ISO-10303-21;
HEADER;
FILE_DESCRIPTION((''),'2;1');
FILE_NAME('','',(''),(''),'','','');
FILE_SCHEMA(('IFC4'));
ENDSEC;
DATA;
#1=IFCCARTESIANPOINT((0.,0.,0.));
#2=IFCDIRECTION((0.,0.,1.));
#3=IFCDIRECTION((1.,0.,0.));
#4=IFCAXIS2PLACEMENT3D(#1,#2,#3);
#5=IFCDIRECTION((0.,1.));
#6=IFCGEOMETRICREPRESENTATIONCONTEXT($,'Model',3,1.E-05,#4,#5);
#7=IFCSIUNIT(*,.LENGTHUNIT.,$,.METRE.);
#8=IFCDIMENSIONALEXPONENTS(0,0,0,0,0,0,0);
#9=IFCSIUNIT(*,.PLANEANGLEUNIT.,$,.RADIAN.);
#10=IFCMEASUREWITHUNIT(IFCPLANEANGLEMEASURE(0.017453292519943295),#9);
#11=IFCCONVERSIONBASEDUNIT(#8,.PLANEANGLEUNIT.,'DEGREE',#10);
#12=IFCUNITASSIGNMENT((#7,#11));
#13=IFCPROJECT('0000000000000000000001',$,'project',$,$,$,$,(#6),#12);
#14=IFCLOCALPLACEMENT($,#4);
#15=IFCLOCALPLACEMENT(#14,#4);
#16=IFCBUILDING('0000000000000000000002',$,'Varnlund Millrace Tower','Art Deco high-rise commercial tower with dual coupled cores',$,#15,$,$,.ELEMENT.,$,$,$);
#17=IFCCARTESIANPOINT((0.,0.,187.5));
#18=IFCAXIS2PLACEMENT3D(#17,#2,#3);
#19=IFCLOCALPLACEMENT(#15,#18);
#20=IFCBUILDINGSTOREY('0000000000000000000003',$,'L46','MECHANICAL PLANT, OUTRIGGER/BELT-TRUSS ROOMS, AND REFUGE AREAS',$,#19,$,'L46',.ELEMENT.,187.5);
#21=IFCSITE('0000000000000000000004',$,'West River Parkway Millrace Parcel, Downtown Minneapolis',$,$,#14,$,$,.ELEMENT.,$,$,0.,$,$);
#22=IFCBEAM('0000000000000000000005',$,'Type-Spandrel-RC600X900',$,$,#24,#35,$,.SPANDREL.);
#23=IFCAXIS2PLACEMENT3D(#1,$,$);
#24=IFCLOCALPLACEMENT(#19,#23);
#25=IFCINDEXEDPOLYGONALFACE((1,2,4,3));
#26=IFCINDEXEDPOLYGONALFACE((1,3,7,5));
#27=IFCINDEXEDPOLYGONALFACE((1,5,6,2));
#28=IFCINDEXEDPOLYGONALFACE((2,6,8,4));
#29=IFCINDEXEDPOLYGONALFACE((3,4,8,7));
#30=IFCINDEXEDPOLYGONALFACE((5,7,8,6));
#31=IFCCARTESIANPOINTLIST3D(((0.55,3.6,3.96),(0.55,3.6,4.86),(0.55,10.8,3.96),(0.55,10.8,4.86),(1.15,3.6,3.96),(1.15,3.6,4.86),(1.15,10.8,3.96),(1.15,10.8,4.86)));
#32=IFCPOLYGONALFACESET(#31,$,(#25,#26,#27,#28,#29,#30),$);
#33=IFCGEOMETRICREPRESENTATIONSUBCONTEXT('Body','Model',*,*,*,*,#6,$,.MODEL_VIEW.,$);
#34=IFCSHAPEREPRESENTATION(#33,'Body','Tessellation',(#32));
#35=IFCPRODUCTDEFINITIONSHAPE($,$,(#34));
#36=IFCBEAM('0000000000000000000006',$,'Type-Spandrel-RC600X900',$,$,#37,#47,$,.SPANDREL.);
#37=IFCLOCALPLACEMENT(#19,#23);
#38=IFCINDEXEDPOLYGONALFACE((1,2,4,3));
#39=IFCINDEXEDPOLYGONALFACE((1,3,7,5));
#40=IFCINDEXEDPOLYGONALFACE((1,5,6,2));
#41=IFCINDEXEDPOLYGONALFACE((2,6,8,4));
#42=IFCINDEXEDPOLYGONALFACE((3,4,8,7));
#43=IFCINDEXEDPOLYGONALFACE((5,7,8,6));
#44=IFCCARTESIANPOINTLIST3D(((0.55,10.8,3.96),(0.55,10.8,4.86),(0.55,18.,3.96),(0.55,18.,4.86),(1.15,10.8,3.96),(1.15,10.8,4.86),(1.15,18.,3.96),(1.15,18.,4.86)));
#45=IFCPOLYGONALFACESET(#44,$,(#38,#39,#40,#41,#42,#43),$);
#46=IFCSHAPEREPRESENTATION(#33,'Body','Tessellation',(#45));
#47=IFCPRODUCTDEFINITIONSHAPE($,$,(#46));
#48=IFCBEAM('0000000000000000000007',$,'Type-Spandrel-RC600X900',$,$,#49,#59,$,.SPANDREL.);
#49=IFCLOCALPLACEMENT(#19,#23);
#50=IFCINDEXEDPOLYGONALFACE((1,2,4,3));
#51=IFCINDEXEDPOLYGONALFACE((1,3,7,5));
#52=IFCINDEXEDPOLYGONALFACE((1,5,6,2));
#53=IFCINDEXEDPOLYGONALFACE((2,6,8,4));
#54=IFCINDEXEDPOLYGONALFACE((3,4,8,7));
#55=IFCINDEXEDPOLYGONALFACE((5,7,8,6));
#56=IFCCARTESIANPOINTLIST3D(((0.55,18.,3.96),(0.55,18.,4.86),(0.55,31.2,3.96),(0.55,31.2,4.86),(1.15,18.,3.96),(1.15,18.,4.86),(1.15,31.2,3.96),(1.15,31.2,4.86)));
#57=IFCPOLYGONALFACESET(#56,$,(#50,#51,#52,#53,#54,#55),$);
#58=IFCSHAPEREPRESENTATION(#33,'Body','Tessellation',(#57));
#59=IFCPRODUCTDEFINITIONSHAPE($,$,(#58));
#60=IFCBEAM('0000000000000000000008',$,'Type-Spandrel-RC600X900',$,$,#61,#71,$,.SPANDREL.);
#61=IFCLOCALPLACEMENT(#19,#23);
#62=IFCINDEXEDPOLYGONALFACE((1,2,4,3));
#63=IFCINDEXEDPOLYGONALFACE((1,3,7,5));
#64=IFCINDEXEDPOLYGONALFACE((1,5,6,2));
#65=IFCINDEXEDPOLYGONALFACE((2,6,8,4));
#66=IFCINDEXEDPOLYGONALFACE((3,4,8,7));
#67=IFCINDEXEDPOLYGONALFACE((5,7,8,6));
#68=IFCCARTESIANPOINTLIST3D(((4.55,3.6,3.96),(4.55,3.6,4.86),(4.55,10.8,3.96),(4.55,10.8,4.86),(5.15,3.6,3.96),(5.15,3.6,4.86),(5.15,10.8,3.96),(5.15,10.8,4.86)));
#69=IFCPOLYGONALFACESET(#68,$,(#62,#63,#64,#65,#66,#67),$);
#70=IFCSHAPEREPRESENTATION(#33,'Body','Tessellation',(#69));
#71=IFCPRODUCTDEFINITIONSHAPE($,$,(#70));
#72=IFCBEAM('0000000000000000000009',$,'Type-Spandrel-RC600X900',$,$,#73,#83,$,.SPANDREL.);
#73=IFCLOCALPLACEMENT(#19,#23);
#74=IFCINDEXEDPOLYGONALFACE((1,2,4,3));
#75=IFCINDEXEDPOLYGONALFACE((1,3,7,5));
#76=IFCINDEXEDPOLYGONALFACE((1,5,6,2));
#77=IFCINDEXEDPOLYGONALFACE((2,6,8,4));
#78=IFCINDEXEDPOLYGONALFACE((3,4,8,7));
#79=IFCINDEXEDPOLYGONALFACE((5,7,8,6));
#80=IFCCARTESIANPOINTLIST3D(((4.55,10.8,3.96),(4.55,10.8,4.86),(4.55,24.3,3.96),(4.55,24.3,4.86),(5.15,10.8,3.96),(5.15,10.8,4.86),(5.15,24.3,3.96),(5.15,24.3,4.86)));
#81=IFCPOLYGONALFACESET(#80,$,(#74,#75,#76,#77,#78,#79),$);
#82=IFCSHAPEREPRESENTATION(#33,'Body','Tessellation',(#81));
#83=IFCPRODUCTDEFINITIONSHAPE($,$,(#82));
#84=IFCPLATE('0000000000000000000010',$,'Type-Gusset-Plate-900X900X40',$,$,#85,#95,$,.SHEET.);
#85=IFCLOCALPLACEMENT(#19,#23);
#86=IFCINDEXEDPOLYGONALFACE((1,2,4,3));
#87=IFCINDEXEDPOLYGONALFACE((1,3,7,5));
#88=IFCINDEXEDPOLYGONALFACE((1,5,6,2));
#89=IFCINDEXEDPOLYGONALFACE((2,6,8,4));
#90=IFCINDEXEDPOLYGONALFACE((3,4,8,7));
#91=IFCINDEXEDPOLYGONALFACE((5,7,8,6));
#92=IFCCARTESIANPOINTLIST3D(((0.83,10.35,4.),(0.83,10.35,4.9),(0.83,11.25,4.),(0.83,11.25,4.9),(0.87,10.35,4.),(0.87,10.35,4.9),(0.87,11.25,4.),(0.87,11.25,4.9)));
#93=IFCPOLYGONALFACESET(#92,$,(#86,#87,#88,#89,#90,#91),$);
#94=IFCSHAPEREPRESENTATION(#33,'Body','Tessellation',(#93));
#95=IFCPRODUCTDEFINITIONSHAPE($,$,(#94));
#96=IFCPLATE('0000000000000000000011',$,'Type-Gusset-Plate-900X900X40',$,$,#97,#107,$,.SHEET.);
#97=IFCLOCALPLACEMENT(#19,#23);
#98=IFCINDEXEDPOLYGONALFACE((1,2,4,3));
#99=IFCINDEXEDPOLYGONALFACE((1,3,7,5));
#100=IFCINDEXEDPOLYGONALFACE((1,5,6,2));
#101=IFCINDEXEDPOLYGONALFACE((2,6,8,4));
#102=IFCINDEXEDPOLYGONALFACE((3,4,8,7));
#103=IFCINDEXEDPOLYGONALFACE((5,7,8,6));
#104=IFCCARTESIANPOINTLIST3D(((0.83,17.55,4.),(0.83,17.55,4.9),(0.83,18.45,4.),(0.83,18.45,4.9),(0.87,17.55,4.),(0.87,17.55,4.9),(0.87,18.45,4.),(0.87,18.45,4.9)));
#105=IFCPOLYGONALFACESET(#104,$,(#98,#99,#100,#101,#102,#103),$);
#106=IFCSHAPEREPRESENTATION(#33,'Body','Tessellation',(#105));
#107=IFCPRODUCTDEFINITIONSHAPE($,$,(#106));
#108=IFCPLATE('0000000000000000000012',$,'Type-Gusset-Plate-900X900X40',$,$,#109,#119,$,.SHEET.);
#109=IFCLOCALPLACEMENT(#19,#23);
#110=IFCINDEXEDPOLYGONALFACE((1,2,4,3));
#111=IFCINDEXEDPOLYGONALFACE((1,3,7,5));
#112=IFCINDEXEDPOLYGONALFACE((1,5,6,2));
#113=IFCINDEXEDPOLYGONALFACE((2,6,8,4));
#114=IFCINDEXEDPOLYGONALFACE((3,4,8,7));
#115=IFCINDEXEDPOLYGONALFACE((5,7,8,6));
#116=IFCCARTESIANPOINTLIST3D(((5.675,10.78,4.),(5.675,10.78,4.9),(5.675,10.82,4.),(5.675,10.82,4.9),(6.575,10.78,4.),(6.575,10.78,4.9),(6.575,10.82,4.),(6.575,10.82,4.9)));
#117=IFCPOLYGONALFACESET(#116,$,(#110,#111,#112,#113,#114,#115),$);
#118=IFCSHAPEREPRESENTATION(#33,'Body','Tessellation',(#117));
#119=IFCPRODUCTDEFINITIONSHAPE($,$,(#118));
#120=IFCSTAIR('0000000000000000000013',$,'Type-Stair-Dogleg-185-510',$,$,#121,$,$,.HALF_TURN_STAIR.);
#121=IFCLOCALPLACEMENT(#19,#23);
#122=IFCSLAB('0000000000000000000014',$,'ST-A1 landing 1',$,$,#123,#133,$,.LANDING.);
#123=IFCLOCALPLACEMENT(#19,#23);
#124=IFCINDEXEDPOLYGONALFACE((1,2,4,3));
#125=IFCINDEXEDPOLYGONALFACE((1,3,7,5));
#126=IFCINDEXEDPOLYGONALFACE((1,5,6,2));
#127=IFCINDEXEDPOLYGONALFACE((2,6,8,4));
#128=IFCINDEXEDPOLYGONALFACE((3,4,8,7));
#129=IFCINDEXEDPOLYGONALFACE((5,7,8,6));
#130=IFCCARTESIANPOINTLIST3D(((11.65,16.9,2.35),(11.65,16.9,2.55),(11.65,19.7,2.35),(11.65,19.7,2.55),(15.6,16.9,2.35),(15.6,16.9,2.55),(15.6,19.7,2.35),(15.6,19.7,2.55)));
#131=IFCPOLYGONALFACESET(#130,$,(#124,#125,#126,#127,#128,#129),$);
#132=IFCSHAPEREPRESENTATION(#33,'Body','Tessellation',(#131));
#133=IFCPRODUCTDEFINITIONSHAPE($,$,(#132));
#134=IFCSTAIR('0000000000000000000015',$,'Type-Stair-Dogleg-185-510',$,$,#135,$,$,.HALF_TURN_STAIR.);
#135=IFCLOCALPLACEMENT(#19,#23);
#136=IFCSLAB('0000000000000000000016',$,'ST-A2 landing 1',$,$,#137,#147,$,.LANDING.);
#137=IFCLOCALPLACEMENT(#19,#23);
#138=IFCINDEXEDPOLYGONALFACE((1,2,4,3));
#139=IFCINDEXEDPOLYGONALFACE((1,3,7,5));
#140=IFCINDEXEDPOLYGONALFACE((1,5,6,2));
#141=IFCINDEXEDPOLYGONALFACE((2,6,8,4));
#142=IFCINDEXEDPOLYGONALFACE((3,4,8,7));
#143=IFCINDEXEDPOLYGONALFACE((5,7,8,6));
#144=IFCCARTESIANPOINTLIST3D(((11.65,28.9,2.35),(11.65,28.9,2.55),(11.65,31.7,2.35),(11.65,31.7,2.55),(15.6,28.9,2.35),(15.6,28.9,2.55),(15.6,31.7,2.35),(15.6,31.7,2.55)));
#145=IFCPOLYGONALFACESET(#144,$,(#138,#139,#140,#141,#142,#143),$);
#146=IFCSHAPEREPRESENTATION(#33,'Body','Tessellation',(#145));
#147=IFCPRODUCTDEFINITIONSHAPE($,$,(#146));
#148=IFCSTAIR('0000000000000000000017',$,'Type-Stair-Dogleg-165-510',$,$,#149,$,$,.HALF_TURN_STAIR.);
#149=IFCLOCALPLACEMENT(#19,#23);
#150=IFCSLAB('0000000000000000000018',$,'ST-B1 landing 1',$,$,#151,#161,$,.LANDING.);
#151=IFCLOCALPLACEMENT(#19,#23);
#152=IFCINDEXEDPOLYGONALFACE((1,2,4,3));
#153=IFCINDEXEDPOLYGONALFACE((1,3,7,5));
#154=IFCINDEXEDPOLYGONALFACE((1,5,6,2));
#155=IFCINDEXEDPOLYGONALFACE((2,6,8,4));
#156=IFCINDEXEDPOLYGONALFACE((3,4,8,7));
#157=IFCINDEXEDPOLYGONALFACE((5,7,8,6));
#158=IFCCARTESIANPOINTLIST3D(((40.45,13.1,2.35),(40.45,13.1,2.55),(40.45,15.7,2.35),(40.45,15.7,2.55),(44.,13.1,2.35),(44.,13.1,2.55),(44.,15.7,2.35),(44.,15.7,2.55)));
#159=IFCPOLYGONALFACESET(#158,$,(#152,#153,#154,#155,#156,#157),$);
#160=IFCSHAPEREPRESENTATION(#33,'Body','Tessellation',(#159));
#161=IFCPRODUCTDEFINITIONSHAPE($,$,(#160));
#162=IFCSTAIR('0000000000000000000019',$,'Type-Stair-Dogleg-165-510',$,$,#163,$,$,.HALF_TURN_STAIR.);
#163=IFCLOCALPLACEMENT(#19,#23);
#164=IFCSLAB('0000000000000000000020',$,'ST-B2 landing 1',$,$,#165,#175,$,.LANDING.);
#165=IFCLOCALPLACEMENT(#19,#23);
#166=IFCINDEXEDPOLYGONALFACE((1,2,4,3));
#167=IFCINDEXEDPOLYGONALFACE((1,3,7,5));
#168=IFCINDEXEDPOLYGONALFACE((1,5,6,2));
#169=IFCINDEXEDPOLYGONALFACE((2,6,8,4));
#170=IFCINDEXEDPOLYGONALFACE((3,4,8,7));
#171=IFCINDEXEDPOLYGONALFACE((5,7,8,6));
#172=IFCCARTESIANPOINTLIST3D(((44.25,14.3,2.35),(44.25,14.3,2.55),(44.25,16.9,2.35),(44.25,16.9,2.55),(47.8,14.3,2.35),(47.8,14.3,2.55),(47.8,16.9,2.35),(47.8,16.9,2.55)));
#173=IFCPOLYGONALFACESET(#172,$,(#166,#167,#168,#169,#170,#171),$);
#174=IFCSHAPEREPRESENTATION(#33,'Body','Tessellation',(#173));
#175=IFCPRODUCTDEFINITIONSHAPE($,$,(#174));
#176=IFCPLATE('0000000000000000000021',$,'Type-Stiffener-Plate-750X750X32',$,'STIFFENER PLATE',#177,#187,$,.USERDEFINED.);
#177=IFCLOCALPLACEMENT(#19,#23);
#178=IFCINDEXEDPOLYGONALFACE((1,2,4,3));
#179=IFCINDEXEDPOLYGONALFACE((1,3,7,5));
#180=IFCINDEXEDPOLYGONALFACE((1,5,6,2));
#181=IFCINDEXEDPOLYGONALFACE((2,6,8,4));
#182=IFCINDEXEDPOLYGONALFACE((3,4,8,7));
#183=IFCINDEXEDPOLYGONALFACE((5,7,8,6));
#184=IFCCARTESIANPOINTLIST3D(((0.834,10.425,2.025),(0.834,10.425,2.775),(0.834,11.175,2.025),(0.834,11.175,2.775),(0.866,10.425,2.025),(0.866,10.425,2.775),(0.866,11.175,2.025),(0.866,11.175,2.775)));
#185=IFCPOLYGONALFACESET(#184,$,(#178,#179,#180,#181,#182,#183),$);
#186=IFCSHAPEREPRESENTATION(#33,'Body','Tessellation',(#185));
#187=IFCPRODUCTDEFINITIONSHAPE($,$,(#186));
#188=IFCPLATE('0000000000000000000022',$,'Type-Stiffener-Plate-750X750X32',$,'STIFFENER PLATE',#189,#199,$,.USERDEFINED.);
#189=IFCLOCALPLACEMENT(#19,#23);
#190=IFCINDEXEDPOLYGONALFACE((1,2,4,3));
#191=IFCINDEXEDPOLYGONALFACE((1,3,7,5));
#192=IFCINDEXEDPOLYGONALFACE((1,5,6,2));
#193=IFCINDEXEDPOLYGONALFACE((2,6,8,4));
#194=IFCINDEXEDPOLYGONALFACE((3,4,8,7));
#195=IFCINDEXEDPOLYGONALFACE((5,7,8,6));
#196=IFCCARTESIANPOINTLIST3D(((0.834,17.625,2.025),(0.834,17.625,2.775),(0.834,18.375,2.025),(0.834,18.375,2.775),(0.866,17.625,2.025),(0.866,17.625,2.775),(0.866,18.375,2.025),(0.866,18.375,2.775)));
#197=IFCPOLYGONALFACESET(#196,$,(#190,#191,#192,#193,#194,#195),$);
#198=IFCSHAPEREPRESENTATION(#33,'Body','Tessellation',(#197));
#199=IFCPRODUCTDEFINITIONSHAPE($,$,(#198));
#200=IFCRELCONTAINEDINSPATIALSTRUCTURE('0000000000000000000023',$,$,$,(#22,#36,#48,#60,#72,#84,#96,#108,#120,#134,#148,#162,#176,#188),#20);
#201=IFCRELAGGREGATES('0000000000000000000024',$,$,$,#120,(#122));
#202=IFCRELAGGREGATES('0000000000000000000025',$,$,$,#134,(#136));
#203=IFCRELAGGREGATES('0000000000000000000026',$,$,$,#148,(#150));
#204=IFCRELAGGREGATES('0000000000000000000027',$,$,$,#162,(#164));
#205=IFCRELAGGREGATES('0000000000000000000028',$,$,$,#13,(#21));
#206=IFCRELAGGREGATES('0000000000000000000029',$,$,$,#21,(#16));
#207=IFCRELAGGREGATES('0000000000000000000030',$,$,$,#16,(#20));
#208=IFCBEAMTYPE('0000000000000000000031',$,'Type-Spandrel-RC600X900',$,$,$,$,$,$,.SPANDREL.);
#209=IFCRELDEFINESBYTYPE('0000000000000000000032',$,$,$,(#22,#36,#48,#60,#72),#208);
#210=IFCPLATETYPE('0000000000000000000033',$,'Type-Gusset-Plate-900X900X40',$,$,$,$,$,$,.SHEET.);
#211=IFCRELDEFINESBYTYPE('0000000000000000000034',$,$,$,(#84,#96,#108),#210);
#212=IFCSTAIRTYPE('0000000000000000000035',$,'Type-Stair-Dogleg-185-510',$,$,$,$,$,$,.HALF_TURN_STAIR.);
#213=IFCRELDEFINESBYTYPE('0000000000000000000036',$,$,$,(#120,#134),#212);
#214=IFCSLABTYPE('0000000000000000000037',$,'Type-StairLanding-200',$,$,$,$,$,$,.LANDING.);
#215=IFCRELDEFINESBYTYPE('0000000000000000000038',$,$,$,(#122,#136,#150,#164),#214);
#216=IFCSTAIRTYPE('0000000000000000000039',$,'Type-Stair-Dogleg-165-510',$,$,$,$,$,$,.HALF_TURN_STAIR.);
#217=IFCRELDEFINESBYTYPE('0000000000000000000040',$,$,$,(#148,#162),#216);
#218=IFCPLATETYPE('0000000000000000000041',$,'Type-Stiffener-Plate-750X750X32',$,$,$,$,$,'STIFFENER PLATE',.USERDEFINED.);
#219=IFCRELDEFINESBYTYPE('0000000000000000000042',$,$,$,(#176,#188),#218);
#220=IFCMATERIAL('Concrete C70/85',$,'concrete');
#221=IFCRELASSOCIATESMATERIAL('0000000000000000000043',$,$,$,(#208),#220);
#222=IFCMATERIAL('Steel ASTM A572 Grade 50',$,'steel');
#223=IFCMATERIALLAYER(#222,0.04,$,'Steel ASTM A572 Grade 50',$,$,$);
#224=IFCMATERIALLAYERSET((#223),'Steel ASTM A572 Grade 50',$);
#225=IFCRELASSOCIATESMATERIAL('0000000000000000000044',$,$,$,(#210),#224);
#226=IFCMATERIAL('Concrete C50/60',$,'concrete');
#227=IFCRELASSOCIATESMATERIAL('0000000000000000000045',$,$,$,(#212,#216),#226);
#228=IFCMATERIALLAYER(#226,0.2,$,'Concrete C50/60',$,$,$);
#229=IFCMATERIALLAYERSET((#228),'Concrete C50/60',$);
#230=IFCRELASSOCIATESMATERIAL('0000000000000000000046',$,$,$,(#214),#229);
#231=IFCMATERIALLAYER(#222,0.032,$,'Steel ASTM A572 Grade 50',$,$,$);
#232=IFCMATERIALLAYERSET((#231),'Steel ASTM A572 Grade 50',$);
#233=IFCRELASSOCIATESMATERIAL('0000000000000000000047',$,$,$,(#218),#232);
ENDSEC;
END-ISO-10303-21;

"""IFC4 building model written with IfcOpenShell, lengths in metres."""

from ifc_helpers import new_model, entity, si_unit, converted_unit, direction, frame, origin_with_axes, origin_2d_with_axis, place, context, subcontext, project, spatial, polyline, rectangle, outline, extrude, material, layer, layer_set, material_profile, profile_set, type_object, element, aggregate, save


model = new_model("IFC4")

# Units and contexts
model_context = context("Model", 3, precision=1e-05, world=origin_with_axes(), true_north=direction((0.0, 1.0)))
body_context = subcontext(model_context, "Body", "Model", "MODEL_VIEW")
ifc_project = project(units=[si_unit("LENGTHUNIT", "METRE"), converted_unit("PLANEANGLEUNIT", "DEGREE", entity("IfcPlaneAngleMeasure", 0.017453292519943295), si_unit("PLANEANGLEUNIT", "RADIAN"), dimensions=[0, 0, 0, 0, 0, 0, 0])], contexts=[model_context])

# Site, building, storey
site_placement = place(None, origin_with_axes())
site = spatial("IfcSite", under=ifc_project, at=site_placement, Name="West River Parkway Millrace Parcel, Downtown Minneapolis", CompositionType="ELEMENT", RefElevation=0.0)
building_placement = place(site_placement, origin_with_axes())
building = spatial("IfcBuilding", under=site, at=building_placement, Name="Varnlund Millrace Tower", Description="Art Deco high-rise commercial tower with dual coupled cores", CompositionType="ELEMENT")
storey_placement = place(building_placement, frame((0.0, 0.0, 187.5), z_axis=(0.0, 0.0, 1.0), x_axis=(1.0, 0.0, 0.0)))
storey = spatial("IfcBuildingStorey", under=building, at=storey_placement, Name="L46", Description="MECHANICAL PLANT, OUTRIGGER/BELT-TRUSS ROOMS, AND REFUGE AREAS", LongName="L46", CompositionType="ELEMENT", Elevation=187.5)

# Beams
ifc_material_1 = material(Name="Concrete C70/85", Category="concrete")
ifc_material_profile_1 = material_profile(ifc_material_1, rectangle(XDim=0.6, YDim=0.9, at=origin_2d_with_axis()), Name="Concrete C70/85")
ifc_profile_set_1 = profile_set([ifc_material_profile_1], Name="Concrete C70/85")
beam_type_1 = type_object("IfcBeamType", Name="Type-Spandrel-RC600X900", PredefinedType="SPANDREL", material=ifc_profile_set_1)
for number, where, z_axis, x_axis, name in (
    (1, (0.85, 3.6, 4.41), (0.0, 1.0, 0.0), (-1.0, 0.0, 0.0), "Type-Spandrel-RC600X900"),
    (2, (0.85, 10.8, 4.41), (0.0, 1.0, 0.0), (-1.0, 0.0, 0.0), "Type-Spandrel-RC600X900"),
):
    element("IfcBeam", number, at=place(storey_placement, frame(where, z_axis=z_axis, x_axis=x_axis)), inside=storey, type_object=beam_type_1, Name=name, PredefinedType="SPANDREL", context=body_context, shape_type="SweptSolid", body=[
        extrude(rectangle(XDim=0.6, YDim=0.9, at=origin_2d_with_axis()), origin_with_axes(), (0.0, 0.0, 1.0), 7.2),
    ])
beam_1_placement = place(storey_placement, frame((0.85, 18.0, 4.41), z_axis=(0.0, 1.0, 0.0), x_axis=(-1.0, 0.0, 0.0)))
element("IfcBeam", 3, at=beam_1_placement, inside=storey, type_object=beam_type_1, Name="Type-Spandrel-RC600X900", PredefinedType="SPANDREL", context=body_context, shape_type="SweptSolid", body=[
    extrude(rectangle(XDim=0.6, YDim=0.9, at=origin_2d_with_axis()), origin_with_axes(), (0.0, 0.0, 1.0), 13.2),
])
beam_2_placement = place(storey_placement, frame((4.85, 3.6, 4.41), z_axis=(0.0, 1.0, 0.0), x_axis=(-1.0, 0.0, 0.0)))
element("IfcBeam", 4, at=beam_2_placement, inside=storey, type_object=beam_type_1, Name="Type-Spandrel-RC600X900", PredefinedType="SPANDREL", context=body_context, shape_type="SweptSolid", body=[
    extrude(rectangle(XDim=0.6, YDim=0.9, at=origin_2d_with_axis()), origin_with_axes(), (0.0, 0.0, 1.0), 7.2),
])
beam_3_placement = place(storey_placement, frame((4.85, 10.8, 4.41), z_axis=(0.0, 1.0, 0.0), x_axis=(-1.0, 0.0, 0.0)))
element("IfcBeam", 5, at=beam_3_placement, inside=storey, type_object=beam_type_1, Name="Type-Spandrel-RC600X900", PredefinedType="SPANDREL", context=body_context, shape_type="SweptSolid", body=[
    extrude(rectangle(XDim=0.6, YDim=0.9, at=origin_2d_with_axis()), origin_with_axes(), (0.0, 0.0, 1.0), 13.5),
])

# Plates
ifc_material_2 = material(Name="Steel ASTM A572 Grade 50", Category="steel")
ifc_layer_1 = layer(ifc_material_2, 0.04, Name="Steel ASTM A572 Grade 50")
ifc_layer_set_1 = layer_set([ifc_layer_1], Name="Steel ASTM A572 Grade 50")
plate_type_1 = type_object("IfcPlateType", Name="Type-Gusset-Plate-900X900X40", PredefinedType="SHEET", material=ifc_layer_set_1)
for number, where, z_axis, x_axis, name in (
    (6, (0.85, 10.8, 4.0), (0.0, 0.0, 1.0), (0.0, 1.0, 0.0), "Type-Gusset-Plate-900X900X40"),
    (7, (0.85, 18.0, 4.0), (0.0, 0.0, 1.0), (0.0, 1.0, 0.0), "Type-Gusset-Plate-900X900X40"),
    (8, (6.125, 10.8, 4.0), (0.0, 0.0, 1.0), (1.0, 0.0, 0.0), "Type-Gusset-Plate-900X900X40"),
):
    element("IfcPlate", number, at=place(storey_placement, frame(where, z_axis=z_axis, x_axis=x_axis)), inside=storey, type_object=plate_type_1, Name=name, PredefinedType="SHEET", context=body_context, shape_type="SweptSolid", body=[
        extrude(rectangle(XDim=0.9, YDim=0.04, at=origin_2d_with_axis()), origin_with_axes(), (0.0, 0.0, 1.0), 0.9),
    ])

# Stairs, slabs
ifc_material_3 = material(Name="Concrete C50/60", Category="concrete")
stair_type_1 = type_object("IfcStairType", Name="Type-Stair-Dogleg-185-510", PredefinedType="HALF_TURN_STAIR", material=ifc_material_3)
stair_1_placement = place(storey_placement, origin_with_axes())
stair_1 = element("IfcStair", 9, at=stair_1_placement, inside=storey, type_object=stair_type_1, Name="Type-Stair-Dogleg-185-510", PredefinedType="HALF_TURN_STAIR")
ifc_layer_2 = layer(ifc_material_3, 0.2, Name="Concrete C50/60")
ifc_layer_set_2 = layer_set([ifc_layer_2], Name="Concrete C50/60")
slab_type = type_object("IfcSlabType", Name="Type-StairLanding-200", PredefinedType="LANDING", material=ifc_layer_set_2)
slab_1_placement = place(storey_placement, frame((0.0, 0.0, 2.35), z_axis=(0.0, 0.0, 1.0), x_axis=(1.0, 0.0, 0.0)))
slab_1 = element("IfcSlab", 10, at=slab_1_placement, type_object=slab_type, Name="ST-A1 landing 1", PredefinedType="LANDING", context=body_context, shape_type="SweptSolid", body=[
    extrude(outline(polyline([(15.6, 16.9), (15.6, 19.7), (11.65, 19.7), (11.65, 16.9), (15.6, 16.9)])), origin_with_axes(), (0.0, 0.0, 1.0), 0.2),
])
aggregate(stair_1, [slab_1])
stair_2_placement = place(storey_placement, origin_with_axes())
stair_2 = element("IfcStair", 11, at=stair_2_placement, inside=storey, type_object=stair_type_1, Name="Type-Stair-Dogleg-185-510", PredefinedType="HALF_TURN_STAIR")
slab_2_placement = place(storey_placement, frame((0.0, 0.0, 2.35), z_axis=(0.0, 0.0, 1.0), x_axis=(1.0, 0.0, 0.0)))
slab_2 = element("IfcSlab", 12, at=slab_2_placement, type_object=slab_type, Name="ST-A2 landing 1", PredefinedType="LANDING", context=body_context, shape_type="SweptSolid", body=[
    extrude(outline(polyline([(11.65, 31.7), (11.65, 28.9), (15.6, 28.9), (15.6, 31.7), (11.65, 31.7)])), origin_with_axes(), (0.0, 0.0, 1.0), 0.2),
])
aggregate(stair_2, [slab_2])
stair_type_2 = type_object("IfcStairType", Name="Type-Stair-Dogleg-165-510", PredefinedType="HALF_TURN_STAIR", material=ifc_material_3)
stair_3_placement = place(storey_placement, origin_with_axes())
stair_3 = element("IfcStair", 13, at=stair_3_placement, inside=storey, type_object=stair_type_2, Name="Type-Stair-Dogleg-165-510", PredefinedType="HALF_TURN_STAIR")
slab_3_placement = place(storey_placement, frame((0.0, 0.0, 2.35), z_axis=(0.0, 0.0, 1.0), x_axis=(1.0, 0.0, 0.0)))
slab_3 = element("IfcSlab", 14, at=slab_3_placement, type_object=slab_type, Name="ST-B1 landing 1", PredefinedType="LANDING", context=body_context, shape_type="SweptSolid", body=[
    extrude(outline(polyline([(44.0, 13.1), (44.0, 15.7), (40.45, 15.7), (40.45, 13.1), (44.0, 13.1)])), origin_with_axes(), (0.0, 0.0, 1.0), 0.2),
])
aggregate(stair_3, [slab_3])
stair_4_placement = place(storey_placement, origin_with_axes())
stair_4 = element("IfcStair", 15, at=stair_4_placement, inside=storey, type_object=stair_type_2, Name="Type-Stair-Dogleg-165-510", PredefinedType="HALF_TURN_STAIR")
slab_4_placement = place(storey_placement, frame((0.0, 0.0, 2.35), z_axis=(0.0, 0.0, 1.0), x_axis=(1.0, 0.0, 0.0)))
slab_4 = element("IfcSlab", 16, at=slab_4_placement, type_object=slab_type, Name="ST-B2 landing 1", PredefinedType="LANDING", context=body_context, shape_type="SweptSolid", body=[
    extrude(outline(polyline([(44.25, 16.9), (44.25, 14.3), (47.8, 14.3), (47.8, 16.9), (44.25, 16.9)])), origin_with_axes(), (0.0, 0.0, 1.0), 0.2),
])
aggregate(stair_4, [slab_4])

# Plates
ifc_layer_3 = layer(ifc_material_2, 0.032, Name="Steel ASTM A572 Grade 50")
ifc_layer_set_3 = layer_set([ifc_layer_3], Name="Steel ASTM A572 Grade 50")
plate_type_2 = type_object("IfcPlateType", Name="Type-Stiffener-Plate-750X750X32", ElementType="STIFFENER PLATE", PredefinedType="USERDEFINED", material=ifc_layer_set_3)
for number, where, z_axis, x_axis, name in (
    (17, (0.85, 10.8, 2.025), (0.0, 0.0, 1.0), (0.0, 1.0, 0.0), "Type-Stiffener-Plate-750X750X32"),
    (18, (0.85, 18.0, 2.025), (0.0, 0.0, 1.0), (0.0, 1.0, 0.0), "Type-Stiffener-Plate-750X750X32"),
):
    element("IfcPlate", number, at=place(storey_placement, frame(where, z_axis=z_axis, x_axis=x_axis)), inside=storey, type_object=plate_type_2, Name=name, ObjectType="STIFFENER PLATE", PredefinedType="USERDEFINED", context=body_context, shape_type="SweptSolid", body=[
        extrude(rectangle(XDim=0.75, YDim=0.032, at=origin_2d_with_axis()), origin_with_axes(), (0.0, 0.0, 1.0), 0.75),
    ])

save(model, "model.ifc")
